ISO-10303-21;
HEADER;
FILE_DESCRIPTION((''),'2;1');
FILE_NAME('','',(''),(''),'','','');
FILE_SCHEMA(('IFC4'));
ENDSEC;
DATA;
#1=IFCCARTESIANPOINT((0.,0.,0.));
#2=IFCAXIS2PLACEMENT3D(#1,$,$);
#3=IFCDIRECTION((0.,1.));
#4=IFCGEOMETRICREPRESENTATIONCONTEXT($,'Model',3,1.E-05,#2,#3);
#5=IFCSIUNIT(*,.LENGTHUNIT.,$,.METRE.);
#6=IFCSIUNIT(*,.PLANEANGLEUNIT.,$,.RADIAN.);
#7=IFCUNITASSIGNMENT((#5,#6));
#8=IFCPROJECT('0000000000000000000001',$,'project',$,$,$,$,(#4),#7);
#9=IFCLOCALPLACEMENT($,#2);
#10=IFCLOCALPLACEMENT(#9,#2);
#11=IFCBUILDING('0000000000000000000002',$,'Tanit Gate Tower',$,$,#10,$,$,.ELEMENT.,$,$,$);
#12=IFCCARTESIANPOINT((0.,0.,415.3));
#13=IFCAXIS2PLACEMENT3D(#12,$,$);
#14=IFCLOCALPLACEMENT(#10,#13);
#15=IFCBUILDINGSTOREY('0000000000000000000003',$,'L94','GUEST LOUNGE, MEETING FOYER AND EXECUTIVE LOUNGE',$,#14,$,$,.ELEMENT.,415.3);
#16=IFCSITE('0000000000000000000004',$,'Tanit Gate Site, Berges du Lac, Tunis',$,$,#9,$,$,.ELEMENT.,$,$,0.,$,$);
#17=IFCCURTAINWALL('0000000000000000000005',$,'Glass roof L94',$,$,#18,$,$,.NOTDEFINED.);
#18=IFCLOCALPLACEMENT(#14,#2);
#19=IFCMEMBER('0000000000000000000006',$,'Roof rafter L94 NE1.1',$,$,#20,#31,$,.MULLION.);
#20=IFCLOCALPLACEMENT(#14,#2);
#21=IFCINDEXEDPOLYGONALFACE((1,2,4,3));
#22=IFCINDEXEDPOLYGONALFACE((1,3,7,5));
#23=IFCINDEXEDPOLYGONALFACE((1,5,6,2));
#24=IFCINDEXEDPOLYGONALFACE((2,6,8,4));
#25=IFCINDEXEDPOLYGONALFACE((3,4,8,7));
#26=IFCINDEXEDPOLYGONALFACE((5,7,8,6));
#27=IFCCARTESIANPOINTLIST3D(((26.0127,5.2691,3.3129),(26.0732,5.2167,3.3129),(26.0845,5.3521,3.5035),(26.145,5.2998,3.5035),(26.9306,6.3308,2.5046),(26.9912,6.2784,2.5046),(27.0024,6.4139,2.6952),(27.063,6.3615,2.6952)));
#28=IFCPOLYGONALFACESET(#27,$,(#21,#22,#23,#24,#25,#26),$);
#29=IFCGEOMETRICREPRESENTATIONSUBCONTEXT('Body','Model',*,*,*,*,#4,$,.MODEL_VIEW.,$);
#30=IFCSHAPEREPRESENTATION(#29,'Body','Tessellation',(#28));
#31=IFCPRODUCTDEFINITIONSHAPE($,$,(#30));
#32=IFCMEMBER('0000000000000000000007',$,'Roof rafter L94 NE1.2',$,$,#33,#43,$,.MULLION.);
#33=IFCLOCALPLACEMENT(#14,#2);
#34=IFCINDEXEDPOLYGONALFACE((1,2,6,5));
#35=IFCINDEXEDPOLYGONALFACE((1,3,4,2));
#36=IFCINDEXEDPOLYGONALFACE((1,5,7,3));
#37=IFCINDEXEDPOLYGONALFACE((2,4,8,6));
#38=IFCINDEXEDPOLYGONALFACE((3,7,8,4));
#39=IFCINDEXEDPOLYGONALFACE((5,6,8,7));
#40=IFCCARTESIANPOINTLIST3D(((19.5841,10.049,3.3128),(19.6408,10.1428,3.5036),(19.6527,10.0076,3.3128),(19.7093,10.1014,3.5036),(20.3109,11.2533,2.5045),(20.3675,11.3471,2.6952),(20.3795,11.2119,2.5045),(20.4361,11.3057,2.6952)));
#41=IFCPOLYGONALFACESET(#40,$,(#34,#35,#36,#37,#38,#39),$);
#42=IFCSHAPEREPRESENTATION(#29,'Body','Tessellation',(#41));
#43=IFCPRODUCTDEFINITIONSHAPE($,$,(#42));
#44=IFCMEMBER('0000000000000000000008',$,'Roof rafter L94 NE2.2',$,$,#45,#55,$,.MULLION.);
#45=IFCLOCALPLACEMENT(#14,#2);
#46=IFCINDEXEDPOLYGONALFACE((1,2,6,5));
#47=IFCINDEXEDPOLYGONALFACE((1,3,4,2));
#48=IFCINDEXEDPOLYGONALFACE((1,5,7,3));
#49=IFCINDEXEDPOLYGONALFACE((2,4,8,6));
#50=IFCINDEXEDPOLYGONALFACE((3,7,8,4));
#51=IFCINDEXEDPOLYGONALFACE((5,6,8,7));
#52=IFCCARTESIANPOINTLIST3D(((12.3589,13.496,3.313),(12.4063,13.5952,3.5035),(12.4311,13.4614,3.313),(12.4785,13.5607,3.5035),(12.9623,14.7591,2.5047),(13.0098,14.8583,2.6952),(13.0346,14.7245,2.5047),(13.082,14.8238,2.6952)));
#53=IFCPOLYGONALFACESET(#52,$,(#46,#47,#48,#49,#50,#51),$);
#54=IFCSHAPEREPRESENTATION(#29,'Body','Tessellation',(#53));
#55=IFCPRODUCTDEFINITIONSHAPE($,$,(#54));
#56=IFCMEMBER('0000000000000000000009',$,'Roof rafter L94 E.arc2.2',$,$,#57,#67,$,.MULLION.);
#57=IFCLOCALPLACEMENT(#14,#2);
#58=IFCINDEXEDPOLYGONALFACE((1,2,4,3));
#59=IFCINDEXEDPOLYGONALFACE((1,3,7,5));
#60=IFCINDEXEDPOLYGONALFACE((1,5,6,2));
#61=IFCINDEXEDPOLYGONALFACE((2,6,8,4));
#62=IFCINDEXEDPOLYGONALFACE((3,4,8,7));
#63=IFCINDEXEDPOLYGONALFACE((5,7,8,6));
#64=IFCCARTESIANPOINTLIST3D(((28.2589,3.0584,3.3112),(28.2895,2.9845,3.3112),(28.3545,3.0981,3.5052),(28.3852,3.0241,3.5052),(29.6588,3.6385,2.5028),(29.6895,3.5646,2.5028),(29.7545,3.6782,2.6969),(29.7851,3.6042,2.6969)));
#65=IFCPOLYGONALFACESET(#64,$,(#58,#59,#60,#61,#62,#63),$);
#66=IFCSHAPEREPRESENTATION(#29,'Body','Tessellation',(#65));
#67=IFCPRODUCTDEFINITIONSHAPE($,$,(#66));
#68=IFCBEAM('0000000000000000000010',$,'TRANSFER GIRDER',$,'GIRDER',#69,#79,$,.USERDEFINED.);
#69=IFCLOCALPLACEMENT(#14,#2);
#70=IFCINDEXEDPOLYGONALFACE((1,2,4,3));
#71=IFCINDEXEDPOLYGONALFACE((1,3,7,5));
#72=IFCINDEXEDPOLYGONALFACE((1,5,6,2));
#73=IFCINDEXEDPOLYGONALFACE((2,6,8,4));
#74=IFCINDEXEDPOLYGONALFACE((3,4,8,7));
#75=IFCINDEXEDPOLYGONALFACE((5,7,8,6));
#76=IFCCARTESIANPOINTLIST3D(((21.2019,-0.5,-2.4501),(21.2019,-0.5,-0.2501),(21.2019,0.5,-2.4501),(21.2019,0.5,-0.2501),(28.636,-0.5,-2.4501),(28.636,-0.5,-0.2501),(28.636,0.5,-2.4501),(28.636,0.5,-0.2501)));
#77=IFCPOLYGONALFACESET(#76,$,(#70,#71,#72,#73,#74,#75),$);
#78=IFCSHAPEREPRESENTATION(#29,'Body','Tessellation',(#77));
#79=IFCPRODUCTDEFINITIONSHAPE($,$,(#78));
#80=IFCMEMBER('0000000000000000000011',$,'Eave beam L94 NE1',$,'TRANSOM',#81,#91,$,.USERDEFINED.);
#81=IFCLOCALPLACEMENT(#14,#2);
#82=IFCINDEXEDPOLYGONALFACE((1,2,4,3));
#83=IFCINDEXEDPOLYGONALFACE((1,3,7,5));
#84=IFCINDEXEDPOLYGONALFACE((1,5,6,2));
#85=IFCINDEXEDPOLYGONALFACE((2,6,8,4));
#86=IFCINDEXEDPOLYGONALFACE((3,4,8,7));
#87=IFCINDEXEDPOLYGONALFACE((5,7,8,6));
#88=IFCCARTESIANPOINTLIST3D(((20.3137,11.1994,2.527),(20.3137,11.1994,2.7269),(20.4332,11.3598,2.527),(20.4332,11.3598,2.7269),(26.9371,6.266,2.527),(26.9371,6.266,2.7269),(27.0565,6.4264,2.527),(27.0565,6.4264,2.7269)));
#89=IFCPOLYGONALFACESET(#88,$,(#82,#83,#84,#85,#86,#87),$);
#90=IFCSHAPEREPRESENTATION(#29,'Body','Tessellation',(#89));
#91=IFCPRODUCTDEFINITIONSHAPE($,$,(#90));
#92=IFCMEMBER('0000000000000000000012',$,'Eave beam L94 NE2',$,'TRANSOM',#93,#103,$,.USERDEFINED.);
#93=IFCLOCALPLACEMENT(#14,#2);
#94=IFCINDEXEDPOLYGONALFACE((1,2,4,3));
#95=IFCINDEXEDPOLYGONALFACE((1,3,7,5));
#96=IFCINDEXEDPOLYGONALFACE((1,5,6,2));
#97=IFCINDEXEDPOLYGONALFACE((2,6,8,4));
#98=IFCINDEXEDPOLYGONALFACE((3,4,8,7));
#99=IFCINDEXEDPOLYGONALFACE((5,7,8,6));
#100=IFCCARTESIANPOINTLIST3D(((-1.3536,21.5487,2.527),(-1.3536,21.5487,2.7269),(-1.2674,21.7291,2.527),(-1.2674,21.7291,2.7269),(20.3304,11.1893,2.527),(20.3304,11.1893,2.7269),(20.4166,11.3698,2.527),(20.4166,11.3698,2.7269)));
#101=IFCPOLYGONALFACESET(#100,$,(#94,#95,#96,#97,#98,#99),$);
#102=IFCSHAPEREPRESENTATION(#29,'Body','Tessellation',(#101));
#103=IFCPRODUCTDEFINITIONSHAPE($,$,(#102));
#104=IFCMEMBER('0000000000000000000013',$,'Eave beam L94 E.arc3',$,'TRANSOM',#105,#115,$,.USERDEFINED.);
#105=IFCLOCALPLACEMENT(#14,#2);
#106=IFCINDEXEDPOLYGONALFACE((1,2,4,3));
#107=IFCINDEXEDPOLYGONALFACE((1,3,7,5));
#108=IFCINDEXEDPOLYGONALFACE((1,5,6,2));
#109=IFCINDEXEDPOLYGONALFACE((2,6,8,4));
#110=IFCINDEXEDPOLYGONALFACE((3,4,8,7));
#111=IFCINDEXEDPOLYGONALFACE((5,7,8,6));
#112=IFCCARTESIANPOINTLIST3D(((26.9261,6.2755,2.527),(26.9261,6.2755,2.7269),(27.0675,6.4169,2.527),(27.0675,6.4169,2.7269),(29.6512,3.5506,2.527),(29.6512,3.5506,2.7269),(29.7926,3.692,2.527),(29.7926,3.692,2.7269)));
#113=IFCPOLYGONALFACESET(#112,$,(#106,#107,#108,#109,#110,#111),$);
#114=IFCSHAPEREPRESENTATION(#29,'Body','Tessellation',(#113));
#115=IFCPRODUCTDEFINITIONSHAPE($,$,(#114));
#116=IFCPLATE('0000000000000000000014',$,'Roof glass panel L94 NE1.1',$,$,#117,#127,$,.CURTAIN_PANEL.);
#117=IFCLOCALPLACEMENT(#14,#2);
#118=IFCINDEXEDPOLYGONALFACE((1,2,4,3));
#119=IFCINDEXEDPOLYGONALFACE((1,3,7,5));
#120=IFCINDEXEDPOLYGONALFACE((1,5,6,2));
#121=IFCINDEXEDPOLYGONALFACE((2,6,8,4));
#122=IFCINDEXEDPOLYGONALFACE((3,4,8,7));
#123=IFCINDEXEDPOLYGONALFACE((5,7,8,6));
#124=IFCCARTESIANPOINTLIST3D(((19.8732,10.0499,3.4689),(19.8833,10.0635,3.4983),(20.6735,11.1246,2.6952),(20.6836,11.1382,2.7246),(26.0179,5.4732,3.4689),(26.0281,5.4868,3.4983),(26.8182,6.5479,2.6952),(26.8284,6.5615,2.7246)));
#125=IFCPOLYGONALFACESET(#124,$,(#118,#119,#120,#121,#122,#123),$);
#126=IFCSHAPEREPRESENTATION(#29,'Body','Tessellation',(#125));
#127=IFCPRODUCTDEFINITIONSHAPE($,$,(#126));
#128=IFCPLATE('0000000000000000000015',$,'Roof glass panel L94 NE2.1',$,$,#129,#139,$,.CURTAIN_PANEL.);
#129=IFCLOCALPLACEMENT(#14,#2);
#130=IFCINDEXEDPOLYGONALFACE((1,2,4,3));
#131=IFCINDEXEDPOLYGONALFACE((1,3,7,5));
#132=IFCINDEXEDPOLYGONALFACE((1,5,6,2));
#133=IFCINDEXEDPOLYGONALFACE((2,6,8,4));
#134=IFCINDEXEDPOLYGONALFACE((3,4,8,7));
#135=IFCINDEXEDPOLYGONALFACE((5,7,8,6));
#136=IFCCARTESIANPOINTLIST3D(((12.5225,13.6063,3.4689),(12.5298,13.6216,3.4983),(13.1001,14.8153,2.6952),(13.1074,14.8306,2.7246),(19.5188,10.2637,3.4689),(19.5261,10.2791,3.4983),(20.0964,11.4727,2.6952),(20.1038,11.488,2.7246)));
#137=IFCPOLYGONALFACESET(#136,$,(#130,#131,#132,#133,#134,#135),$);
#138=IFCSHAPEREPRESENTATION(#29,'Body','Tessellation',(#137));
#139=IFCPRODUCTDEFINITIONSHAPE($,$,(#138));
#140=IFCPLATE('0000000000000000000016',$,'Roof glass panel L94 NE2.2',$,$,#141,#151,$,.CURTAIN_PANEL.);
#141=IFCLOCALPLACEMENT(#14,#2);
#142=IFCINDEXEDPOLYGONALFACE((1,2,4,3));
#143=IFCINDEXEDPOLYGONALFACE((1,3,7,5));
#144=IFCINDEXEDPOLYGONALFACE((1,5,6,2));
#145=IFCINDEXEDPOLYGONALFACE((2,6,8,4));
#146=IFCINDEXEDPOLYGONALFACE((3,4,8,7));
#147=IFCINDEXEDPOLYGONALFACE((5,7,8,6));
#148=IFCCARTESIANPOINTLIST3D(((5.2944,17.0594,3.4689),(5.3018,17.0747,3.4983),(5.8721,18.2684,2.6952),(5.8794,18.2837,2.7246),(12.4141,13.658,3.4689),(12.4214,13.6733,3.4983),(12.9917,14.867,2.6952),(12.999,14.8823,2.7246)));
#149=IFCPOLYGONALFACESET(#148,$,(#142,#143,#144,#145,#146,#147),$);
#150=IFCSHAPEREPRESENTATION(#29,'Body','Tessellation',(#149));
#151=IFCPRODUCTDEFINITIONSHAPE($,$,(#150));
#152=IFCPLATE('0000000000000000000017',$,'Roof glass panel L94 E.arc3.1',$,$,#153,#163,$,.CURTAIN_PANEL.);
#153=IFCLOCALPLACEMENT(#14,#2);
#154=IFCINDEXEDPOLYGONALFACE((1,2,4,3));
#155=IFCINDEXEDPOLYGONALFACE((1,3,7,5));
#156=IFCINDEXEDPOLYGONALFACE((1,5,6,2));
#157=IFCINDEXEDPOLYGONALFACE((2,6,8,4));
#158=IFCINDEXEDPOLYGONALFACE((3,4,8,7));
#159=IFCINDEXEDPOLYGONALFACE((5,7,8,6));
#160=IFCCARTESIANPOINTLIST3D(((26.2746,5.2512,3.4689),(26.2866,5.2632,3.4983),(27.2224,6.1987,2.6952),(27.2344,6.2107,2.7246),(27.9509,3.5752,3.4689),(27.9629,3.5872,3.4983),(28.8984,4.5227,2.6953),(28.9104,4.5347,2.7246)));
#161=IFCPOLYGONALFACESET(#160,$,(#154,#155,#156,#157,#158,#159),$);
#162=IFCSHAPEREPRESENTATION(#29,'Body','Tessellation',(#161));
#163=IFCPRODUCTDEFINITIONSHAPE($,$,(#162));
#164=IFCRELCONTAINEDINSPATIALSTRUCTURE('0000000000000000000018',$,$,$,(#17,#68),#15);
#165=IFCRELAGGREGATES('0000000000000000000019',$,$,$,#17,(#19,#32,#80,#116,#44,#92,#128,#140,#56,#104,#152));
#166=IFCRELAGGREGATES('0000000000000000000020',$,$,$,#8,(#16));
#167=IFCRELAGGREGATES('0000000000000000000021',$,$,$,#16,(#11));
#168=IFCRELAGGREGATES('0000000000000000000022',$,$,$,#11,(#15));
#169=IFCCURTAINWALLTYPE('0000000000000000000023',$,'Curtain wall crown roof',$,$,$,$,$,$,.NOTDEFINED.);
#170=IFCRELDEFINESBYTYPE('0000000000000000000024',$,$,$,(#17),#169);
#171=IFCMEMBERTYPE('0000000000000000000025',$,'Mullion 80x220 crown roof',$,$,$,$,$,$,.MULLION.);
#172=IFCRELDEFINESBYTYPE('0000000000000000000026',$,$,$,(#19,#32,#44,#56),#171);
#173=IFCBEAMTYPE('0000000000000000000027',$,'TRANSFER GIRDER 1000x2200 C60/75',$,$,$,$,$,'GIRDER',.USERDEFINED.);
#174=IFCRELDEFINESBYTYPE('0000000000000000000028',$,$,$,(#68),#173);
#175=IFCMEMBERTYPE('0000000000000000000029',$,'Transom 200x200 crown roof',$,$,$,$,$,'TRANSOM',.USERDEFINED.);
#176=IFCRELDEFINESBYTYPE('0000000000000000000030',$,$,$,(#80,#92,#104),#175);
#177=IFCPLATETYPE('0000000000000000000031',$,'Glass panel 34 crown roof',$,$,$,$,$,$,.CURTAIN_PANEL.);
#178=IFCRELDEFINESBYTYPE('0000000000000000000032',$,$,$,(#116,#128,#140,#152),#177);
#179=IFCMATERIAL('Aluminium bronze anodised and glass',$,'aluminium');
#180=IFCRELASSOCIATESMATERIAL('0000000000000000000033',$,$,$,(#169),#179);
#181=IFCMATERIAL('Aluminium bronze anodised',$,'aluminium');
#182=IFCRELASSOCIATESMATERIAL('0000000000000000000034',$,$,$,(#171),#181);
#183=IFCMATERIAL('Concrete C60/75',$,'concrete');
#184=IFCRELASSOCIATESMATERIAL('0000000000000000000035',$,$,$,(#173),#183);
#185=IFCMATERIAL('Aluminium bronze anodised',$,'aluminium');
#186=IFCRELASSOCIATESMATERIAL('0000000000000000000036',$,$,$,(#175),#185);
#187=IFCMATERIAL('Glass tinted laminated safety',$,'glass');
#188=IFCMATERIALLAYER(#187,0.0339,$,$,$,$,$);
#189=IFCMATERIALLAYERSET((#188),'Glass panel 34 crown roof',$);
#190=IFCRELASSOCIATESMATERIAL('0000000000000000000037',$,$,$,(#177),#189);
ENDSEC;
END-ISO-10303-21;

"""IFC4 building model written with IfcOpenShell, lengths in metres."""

from ifc_helpers import new_model, si_unit, direction, frame, origin, origin_2d, place, context, subcontext, project, spatial, polyline, rectangle, outline, extrude, material, layer, layer_set, material_profile, profile_set, type_object, element, aggregate, save


model = new_model("IFC4")

# Units and contexts
model_context = context("Model", 3, precision=1e-05, world=origin(), true_north=direction((0.0, 1.0)))
body_context = subcontext(model_context, "Body", "Model", "MODEL_VIEW")
ifc_project = project(units=[si_unit("LENGTHUNIT", "METRE"), si_unit("PLANEANGLEUNIT", "RADIAN")], contexts=[model_context])

# Site, building, storey
site_placement = place(None, origin())
site = spatial("IfcSite", under=ifc_project, at=site_placement, Name="Tanit Gate Site, Berges du Lac, Tunis", CompositionType="ELEMENT", RefElevation=0.0)
building_placement = place(site_placement, origin())
building = spatial("IfcBuilding", under=site, at=building_placement, Name="Tanit Gate Tower", CompositionType="ELEMENT")
storey_placement = place(building_placement, frame((0.0, 0.0, 415.3)))
storey = spatial("IfcBuildingStorey", under=building, at=storey_placement, Name="L94", Description="GUEST LOUNGE, MEETING FOYER AND EXECUTIVE LOUNGE", CompositionType="ELEMENT", Elevation=415.3)

# Curtain wall, members
ifc_material_1 = material(Name="Aluminium bronze anodised and glass", Category="aluminium")
curtain_wall_type = type_object("IfcCurtainWallType", Name="Curtain wall crown roof", PredefinedType="NOTDEFINED", material=ifc_material_1)
curtain_wall_placement = place(storey_placement, origin())
curtain_wall = element("IfcCurtainWall", 1, at=curtain_wall_placement, inside=storey, type_object=curtain_wall_type, Name="Glass roof L94", PredefinedType="NOTDEFINED")
ifc_material_2 = material(Name="Aluminium bronze anodised", Category="aluminium")
ifc_material_profile_1 = material_profile(ifc_material_2, rectangle(XDim=0.0801, YDim=0.22, at=origin_2d()), Name="80x220 bronze rafter")
ifc_profile_set_1 = profile_set([ifc_material_profile_1], Name="Aluminium bronze anodised")
member_type_1 = type_object("IfcMemberType", Name="Mullion 80x220 crown roof", PredefinedType="MULLION", material=ifc_profile_set_1)
member_1_placement = place(storey_placement, frame((26.0789, 5.2844, 3.4082), z_axis=(0.56675, 0.655531, -0.499072), x_axis=(-0.756475, 0.654023, 0.0)))
member_1 = element("IfcMember", 2, at=member_1_placement, type_object=member_type_1, Name="Roof rafter L94 NE1.1", PredefinedType="MULLION", context=body_context, shape_type="SweptSolid", body=[
    extrude(rectangle(XDim=0.0801, YDim=0.22, at=origin_2d()), origin(), (0.0, 0.0, 1.0), 1.6196),
])
member_2_placement = place(storey_placement, frame((19.6467, 10.0752, 3.4082), z_axis=(0.447987, 0.742331, -0.498248), x_axis=(-0.856173, 0.516689, 0.0)))
member_2 = element("IfcMember", 3, at=member_2_placement, type_object=member_type_1, Name="Roof rafter L94 NE1.2", PredefinedType="MULLION", context=body_context, shape_type="SweptSolid", body=[
    extrude(rectangle(XDim=0.0801, YDim=0.22, at=origin_2d()), origin(), (0.0, 0.0, 1.0), 1.6223),
])
member_3_placement = place(storey_placement, frame((12.4187, 13.5283, 3.4082), z_axis=(0.373331, 0.781398, -0.500041), x_axis=(-0.902305, 0.431098, 0.0)))
member_3 = element("IfcMember", 4, at=member_3_placement, type_object=member_type_1, Name="Roof rafter L94 NE2.2", PredefinedType="MULLION", context=body_context, shape_type="SweptSolid", body=[
    extrude(rectangle(XDim=0.0801, YDim=0.22, at=origin_2d()), origin(), (0.0, 0.0, 1.0), 1.6165),
])
member_4_placement = place(storey_placement, frame((28.322, 3.0413, 3.4082), z_axis=(0.815104, 0.337755, -0.470668), x_axis=(-0.382807, 0.923828, 0.0)))
member_4 = element("IfcMember", 5, at=member_4_placement, type_object=member_type_1, Name="Roof rafter L94 E.arc2.2", PredefinedType="MULLION", context=body_context, shape_type="SweptSolid", body=[
    extrude(rectangle(XDim=0.0801, YDim=0.22, at=origin_2d()), origin(), (0.0, 0.0, 1.0), 1.7175),
])

# Beam
ifc_material_3 = material(Name="Concrete C60/75", Category="concrete")
ifc_material_profile_2 = material_profile(ifc_material_3, rectangle(XDim=1.0, YDim=2.2, at=origin_2d()), Name="RC 1000x2200")
ifc_profile_set_2 = profile_set([ifc_material_profile_2], Name="Concrete C60/75")
beam_type = type_object("IfcBeamType", Name="TRANSFER GIRDER 1000x2200 C60/75", ElementType="GIRDER", PredefinedType="USERDEFINED", material=ifc_profile_set_2)
beam_placement = place(storey_placement, frame((28.636, 0.0, -1.3501), z_axis=(-1.0, 0.0, 0.0), x_axis=(0.0, -1.0, 0.0)))
element("IfcBeam", 6, at=beam_placement, inside=storey, type_object=beam_type, Name="TRANSFER GIRDER", ObjectType="GIRDER", PredefinedType="USERDEFINED", context=body_context, shape_type="SweptSolid", body=[
    extrude(rectangle(XDim=1.0, YDim=2.2, at=origin_2d()), origin(), (0.0, 0.0, 1.0), 7.4341),
])

# Members
ifc_material_4 = material(Name="Aluminium bronze anodised", Category="aluminium")
ifc_material_profile_3 = material_profile(ifc_material_4, rectangle(XDim=0.2, YDim=0.2, at=origin_2d()), Name="200x200 bronze transom")
ifc_profile_set_3 = profile_set([ifc_material_profile_3], Name="Aluminium bronze anodised")
member_type_2 = type_object("IfcMemberType", Name="Transom 200x200 crown roof", ElementType="TRANSOM", PredefinedType="USERDEFINED", material=ifc_profile_set_3)
member_5_placement = place(storey_placement, frame((26.9968, 6.3462, 2.627), z_axis=(-0.801979, 0.597353, 0.0), x_axis=(-0.597353, -0.801979, 0.0)))
member_5 = element("IfcMember", 7, at=member_5_placement, type_object=member_type_2, Name="Eave beam L94 NE1", ObjectType="TRANSOM", PredefinedType="USERDEFINED", context=body_context, shape_type="SweptSolid", body=[
    extrude(rectangle(XDim=0.2, YDim=0.2, at=origin_2d()), origin(), (0.0, 0.0, 1.0), 8.2588),
])
member_6_placement = place(storey_placement, frame((20.3735, 11.2795, 2.627), z_axis=(-0.902317, 0.431074, 0.0), x_axis=(-0.431074, -0.902317, 0.0)))
member_6 = element("IfcMember", 8, at=member_6_placement, type_object=member_type_2, Name="Eave beam L94 NE2", ObjectType="TRANSOM", PredefinedType="USERDEFINED", context=body_context, shape_type="SweptSolid", body=[
    extrude(rectangle(XDim=0.2, YDim=0.2, at=origin_2d()), origin(), (0.0, 0.0, 1.0), 24.0315),
])
member_7_placement = place(storey_placement, frame((29.7219, 3.6213, 2.627), z_axis=(-0.707138, 0.707075, 0.0), x_axis=(-0.707075, -0.707138, 0.0)))
member_7 = element("IfcMember", 9, at=member_7_placement, type_object=member_type_2, Name="Eave beam L94 E.arc3", ObjectType="TRANSOM", PredefinedType="USERDEFINED", context=body_context, shape_type="SweptSolid", body=[
    extrude(rectangle(XDim=0.2, YDim=0.2, at=origin_2d()), origin(), (0.0, 0.0, 1.0), 3.8538),
])

# Plates
ifc_material_5 = material(Name="Glass tinted laminated safety", Category="glass")
ifc_layer_1 = layer(ifc_material_5, 0.0339)
ifc_layer_set_1 = layer_set([ifc_layer_1], Name="Glass panel 34 crown roof")
plate_type = type_object("IfcPlateType", Name="Glass panel 34 crown roof", PredefinedType="CURTAIN_PANEL", material=ifc_layer_set_1)
plate_1_placement = place(storey_placement, frame((26.0281, 5.4868, 3.4983), z_axis=(0.298683, 0.401022, 0.866008), x_axis=(-0.801995, 0.59733, 0.0)))
plate_1 = element("IfcPlate", 10, at=plate_1_placement, type_object=plate_type, Name="Roof glass panel L94 NE1.1", PredefinedType="CURTAIN_PANEL", context=body_context, shape_type="SweptSolid", body=[
    extrude(outline(polyline([(0.0, 0.0), (7.6619, 0.0), (7.662, -1.5473), (0.0001, -1.5473), (0.0, 0.0)])), origin(), (0.0, 0.0, -1.0), 0.0339),
])
plate_2_placement = place(storey_placement, frame((19.5261, 10.2791, 3.4983), z_axis=(0.215562, 0.451198, 0.865999), x_axis=(-0.902312, 0.431083, 0.0)))
plate_2 = element("IfcPlate", 11, at=plate_2_placement, type_object=plate_type, Name="Roof glass panel L94 NE2.1", PredefinedType="CURTAIN_PANEL", context=body_context, shape_type="SweptSolid", body=[
    extrude(outline(polyline([(0.0, 0.0), (7.7538, 0.0), (7.7538, -1.5472), (0.0, -1.5472), (0.0, 0.0)])), origin(), (0.0, 0.0, -1.0), 0.0339),
])
plate_3_placement = place(storey_placement, frame((12.4214, 13.6733, 3.4983), z_axis=(0.215558, 0.451199, 0.865999), x_axis=(-0.902315, 0.431077, 0.0)))
plate_3 = element("IfcPlate", 12, at=plate_3_placement, type_object=plate_type, Name="Roof glass panel L94 NE2.2", PredefinedType="CURTAIN_PANEL", context=body_context, shape_type="SweptSolid", body=[
    extrude(outline(polyline([(0.0, 0.0), (7.8904, 0.0), (7.8904, -1.5472), (0.0, -1.5472), (0.0, 0.0)])), origin(), (0.0, 0.0, -1.0), 0.0339),
])
plate_4_placement = place(storey_placement, frame((27.9629, 3.5872, 3.4983), z_axis=(0.353538, 0.353564, 0.866027), x_axis=(-0.707152, 0.707062, 0.000016)))
plate_4 = element("IfcPlate", 13, at=plate_4_placement, type_object=plate_type, Name="Roof glass panel L94 E.arc3.1", PredefinedType="CURTAIN_PANEL", context=body_context, shape_type="SweptSolid", body=[
    extrude(outline(polyline([(0.0, 0.0), (2.3704, 0.0), (2.3702, -1.5474), (-0.0001, -1.5473), (0.0, 0.0)])), origin(), (0.0, 0.0, -1.0), 0.0339),
])
aggregate(curtain_wall, [member_1, member_2, member_5, plate_1, member_3, member_6, plate_2, plate_3, member_4, member_7, plate_4])

save(model, "model.ifc")
